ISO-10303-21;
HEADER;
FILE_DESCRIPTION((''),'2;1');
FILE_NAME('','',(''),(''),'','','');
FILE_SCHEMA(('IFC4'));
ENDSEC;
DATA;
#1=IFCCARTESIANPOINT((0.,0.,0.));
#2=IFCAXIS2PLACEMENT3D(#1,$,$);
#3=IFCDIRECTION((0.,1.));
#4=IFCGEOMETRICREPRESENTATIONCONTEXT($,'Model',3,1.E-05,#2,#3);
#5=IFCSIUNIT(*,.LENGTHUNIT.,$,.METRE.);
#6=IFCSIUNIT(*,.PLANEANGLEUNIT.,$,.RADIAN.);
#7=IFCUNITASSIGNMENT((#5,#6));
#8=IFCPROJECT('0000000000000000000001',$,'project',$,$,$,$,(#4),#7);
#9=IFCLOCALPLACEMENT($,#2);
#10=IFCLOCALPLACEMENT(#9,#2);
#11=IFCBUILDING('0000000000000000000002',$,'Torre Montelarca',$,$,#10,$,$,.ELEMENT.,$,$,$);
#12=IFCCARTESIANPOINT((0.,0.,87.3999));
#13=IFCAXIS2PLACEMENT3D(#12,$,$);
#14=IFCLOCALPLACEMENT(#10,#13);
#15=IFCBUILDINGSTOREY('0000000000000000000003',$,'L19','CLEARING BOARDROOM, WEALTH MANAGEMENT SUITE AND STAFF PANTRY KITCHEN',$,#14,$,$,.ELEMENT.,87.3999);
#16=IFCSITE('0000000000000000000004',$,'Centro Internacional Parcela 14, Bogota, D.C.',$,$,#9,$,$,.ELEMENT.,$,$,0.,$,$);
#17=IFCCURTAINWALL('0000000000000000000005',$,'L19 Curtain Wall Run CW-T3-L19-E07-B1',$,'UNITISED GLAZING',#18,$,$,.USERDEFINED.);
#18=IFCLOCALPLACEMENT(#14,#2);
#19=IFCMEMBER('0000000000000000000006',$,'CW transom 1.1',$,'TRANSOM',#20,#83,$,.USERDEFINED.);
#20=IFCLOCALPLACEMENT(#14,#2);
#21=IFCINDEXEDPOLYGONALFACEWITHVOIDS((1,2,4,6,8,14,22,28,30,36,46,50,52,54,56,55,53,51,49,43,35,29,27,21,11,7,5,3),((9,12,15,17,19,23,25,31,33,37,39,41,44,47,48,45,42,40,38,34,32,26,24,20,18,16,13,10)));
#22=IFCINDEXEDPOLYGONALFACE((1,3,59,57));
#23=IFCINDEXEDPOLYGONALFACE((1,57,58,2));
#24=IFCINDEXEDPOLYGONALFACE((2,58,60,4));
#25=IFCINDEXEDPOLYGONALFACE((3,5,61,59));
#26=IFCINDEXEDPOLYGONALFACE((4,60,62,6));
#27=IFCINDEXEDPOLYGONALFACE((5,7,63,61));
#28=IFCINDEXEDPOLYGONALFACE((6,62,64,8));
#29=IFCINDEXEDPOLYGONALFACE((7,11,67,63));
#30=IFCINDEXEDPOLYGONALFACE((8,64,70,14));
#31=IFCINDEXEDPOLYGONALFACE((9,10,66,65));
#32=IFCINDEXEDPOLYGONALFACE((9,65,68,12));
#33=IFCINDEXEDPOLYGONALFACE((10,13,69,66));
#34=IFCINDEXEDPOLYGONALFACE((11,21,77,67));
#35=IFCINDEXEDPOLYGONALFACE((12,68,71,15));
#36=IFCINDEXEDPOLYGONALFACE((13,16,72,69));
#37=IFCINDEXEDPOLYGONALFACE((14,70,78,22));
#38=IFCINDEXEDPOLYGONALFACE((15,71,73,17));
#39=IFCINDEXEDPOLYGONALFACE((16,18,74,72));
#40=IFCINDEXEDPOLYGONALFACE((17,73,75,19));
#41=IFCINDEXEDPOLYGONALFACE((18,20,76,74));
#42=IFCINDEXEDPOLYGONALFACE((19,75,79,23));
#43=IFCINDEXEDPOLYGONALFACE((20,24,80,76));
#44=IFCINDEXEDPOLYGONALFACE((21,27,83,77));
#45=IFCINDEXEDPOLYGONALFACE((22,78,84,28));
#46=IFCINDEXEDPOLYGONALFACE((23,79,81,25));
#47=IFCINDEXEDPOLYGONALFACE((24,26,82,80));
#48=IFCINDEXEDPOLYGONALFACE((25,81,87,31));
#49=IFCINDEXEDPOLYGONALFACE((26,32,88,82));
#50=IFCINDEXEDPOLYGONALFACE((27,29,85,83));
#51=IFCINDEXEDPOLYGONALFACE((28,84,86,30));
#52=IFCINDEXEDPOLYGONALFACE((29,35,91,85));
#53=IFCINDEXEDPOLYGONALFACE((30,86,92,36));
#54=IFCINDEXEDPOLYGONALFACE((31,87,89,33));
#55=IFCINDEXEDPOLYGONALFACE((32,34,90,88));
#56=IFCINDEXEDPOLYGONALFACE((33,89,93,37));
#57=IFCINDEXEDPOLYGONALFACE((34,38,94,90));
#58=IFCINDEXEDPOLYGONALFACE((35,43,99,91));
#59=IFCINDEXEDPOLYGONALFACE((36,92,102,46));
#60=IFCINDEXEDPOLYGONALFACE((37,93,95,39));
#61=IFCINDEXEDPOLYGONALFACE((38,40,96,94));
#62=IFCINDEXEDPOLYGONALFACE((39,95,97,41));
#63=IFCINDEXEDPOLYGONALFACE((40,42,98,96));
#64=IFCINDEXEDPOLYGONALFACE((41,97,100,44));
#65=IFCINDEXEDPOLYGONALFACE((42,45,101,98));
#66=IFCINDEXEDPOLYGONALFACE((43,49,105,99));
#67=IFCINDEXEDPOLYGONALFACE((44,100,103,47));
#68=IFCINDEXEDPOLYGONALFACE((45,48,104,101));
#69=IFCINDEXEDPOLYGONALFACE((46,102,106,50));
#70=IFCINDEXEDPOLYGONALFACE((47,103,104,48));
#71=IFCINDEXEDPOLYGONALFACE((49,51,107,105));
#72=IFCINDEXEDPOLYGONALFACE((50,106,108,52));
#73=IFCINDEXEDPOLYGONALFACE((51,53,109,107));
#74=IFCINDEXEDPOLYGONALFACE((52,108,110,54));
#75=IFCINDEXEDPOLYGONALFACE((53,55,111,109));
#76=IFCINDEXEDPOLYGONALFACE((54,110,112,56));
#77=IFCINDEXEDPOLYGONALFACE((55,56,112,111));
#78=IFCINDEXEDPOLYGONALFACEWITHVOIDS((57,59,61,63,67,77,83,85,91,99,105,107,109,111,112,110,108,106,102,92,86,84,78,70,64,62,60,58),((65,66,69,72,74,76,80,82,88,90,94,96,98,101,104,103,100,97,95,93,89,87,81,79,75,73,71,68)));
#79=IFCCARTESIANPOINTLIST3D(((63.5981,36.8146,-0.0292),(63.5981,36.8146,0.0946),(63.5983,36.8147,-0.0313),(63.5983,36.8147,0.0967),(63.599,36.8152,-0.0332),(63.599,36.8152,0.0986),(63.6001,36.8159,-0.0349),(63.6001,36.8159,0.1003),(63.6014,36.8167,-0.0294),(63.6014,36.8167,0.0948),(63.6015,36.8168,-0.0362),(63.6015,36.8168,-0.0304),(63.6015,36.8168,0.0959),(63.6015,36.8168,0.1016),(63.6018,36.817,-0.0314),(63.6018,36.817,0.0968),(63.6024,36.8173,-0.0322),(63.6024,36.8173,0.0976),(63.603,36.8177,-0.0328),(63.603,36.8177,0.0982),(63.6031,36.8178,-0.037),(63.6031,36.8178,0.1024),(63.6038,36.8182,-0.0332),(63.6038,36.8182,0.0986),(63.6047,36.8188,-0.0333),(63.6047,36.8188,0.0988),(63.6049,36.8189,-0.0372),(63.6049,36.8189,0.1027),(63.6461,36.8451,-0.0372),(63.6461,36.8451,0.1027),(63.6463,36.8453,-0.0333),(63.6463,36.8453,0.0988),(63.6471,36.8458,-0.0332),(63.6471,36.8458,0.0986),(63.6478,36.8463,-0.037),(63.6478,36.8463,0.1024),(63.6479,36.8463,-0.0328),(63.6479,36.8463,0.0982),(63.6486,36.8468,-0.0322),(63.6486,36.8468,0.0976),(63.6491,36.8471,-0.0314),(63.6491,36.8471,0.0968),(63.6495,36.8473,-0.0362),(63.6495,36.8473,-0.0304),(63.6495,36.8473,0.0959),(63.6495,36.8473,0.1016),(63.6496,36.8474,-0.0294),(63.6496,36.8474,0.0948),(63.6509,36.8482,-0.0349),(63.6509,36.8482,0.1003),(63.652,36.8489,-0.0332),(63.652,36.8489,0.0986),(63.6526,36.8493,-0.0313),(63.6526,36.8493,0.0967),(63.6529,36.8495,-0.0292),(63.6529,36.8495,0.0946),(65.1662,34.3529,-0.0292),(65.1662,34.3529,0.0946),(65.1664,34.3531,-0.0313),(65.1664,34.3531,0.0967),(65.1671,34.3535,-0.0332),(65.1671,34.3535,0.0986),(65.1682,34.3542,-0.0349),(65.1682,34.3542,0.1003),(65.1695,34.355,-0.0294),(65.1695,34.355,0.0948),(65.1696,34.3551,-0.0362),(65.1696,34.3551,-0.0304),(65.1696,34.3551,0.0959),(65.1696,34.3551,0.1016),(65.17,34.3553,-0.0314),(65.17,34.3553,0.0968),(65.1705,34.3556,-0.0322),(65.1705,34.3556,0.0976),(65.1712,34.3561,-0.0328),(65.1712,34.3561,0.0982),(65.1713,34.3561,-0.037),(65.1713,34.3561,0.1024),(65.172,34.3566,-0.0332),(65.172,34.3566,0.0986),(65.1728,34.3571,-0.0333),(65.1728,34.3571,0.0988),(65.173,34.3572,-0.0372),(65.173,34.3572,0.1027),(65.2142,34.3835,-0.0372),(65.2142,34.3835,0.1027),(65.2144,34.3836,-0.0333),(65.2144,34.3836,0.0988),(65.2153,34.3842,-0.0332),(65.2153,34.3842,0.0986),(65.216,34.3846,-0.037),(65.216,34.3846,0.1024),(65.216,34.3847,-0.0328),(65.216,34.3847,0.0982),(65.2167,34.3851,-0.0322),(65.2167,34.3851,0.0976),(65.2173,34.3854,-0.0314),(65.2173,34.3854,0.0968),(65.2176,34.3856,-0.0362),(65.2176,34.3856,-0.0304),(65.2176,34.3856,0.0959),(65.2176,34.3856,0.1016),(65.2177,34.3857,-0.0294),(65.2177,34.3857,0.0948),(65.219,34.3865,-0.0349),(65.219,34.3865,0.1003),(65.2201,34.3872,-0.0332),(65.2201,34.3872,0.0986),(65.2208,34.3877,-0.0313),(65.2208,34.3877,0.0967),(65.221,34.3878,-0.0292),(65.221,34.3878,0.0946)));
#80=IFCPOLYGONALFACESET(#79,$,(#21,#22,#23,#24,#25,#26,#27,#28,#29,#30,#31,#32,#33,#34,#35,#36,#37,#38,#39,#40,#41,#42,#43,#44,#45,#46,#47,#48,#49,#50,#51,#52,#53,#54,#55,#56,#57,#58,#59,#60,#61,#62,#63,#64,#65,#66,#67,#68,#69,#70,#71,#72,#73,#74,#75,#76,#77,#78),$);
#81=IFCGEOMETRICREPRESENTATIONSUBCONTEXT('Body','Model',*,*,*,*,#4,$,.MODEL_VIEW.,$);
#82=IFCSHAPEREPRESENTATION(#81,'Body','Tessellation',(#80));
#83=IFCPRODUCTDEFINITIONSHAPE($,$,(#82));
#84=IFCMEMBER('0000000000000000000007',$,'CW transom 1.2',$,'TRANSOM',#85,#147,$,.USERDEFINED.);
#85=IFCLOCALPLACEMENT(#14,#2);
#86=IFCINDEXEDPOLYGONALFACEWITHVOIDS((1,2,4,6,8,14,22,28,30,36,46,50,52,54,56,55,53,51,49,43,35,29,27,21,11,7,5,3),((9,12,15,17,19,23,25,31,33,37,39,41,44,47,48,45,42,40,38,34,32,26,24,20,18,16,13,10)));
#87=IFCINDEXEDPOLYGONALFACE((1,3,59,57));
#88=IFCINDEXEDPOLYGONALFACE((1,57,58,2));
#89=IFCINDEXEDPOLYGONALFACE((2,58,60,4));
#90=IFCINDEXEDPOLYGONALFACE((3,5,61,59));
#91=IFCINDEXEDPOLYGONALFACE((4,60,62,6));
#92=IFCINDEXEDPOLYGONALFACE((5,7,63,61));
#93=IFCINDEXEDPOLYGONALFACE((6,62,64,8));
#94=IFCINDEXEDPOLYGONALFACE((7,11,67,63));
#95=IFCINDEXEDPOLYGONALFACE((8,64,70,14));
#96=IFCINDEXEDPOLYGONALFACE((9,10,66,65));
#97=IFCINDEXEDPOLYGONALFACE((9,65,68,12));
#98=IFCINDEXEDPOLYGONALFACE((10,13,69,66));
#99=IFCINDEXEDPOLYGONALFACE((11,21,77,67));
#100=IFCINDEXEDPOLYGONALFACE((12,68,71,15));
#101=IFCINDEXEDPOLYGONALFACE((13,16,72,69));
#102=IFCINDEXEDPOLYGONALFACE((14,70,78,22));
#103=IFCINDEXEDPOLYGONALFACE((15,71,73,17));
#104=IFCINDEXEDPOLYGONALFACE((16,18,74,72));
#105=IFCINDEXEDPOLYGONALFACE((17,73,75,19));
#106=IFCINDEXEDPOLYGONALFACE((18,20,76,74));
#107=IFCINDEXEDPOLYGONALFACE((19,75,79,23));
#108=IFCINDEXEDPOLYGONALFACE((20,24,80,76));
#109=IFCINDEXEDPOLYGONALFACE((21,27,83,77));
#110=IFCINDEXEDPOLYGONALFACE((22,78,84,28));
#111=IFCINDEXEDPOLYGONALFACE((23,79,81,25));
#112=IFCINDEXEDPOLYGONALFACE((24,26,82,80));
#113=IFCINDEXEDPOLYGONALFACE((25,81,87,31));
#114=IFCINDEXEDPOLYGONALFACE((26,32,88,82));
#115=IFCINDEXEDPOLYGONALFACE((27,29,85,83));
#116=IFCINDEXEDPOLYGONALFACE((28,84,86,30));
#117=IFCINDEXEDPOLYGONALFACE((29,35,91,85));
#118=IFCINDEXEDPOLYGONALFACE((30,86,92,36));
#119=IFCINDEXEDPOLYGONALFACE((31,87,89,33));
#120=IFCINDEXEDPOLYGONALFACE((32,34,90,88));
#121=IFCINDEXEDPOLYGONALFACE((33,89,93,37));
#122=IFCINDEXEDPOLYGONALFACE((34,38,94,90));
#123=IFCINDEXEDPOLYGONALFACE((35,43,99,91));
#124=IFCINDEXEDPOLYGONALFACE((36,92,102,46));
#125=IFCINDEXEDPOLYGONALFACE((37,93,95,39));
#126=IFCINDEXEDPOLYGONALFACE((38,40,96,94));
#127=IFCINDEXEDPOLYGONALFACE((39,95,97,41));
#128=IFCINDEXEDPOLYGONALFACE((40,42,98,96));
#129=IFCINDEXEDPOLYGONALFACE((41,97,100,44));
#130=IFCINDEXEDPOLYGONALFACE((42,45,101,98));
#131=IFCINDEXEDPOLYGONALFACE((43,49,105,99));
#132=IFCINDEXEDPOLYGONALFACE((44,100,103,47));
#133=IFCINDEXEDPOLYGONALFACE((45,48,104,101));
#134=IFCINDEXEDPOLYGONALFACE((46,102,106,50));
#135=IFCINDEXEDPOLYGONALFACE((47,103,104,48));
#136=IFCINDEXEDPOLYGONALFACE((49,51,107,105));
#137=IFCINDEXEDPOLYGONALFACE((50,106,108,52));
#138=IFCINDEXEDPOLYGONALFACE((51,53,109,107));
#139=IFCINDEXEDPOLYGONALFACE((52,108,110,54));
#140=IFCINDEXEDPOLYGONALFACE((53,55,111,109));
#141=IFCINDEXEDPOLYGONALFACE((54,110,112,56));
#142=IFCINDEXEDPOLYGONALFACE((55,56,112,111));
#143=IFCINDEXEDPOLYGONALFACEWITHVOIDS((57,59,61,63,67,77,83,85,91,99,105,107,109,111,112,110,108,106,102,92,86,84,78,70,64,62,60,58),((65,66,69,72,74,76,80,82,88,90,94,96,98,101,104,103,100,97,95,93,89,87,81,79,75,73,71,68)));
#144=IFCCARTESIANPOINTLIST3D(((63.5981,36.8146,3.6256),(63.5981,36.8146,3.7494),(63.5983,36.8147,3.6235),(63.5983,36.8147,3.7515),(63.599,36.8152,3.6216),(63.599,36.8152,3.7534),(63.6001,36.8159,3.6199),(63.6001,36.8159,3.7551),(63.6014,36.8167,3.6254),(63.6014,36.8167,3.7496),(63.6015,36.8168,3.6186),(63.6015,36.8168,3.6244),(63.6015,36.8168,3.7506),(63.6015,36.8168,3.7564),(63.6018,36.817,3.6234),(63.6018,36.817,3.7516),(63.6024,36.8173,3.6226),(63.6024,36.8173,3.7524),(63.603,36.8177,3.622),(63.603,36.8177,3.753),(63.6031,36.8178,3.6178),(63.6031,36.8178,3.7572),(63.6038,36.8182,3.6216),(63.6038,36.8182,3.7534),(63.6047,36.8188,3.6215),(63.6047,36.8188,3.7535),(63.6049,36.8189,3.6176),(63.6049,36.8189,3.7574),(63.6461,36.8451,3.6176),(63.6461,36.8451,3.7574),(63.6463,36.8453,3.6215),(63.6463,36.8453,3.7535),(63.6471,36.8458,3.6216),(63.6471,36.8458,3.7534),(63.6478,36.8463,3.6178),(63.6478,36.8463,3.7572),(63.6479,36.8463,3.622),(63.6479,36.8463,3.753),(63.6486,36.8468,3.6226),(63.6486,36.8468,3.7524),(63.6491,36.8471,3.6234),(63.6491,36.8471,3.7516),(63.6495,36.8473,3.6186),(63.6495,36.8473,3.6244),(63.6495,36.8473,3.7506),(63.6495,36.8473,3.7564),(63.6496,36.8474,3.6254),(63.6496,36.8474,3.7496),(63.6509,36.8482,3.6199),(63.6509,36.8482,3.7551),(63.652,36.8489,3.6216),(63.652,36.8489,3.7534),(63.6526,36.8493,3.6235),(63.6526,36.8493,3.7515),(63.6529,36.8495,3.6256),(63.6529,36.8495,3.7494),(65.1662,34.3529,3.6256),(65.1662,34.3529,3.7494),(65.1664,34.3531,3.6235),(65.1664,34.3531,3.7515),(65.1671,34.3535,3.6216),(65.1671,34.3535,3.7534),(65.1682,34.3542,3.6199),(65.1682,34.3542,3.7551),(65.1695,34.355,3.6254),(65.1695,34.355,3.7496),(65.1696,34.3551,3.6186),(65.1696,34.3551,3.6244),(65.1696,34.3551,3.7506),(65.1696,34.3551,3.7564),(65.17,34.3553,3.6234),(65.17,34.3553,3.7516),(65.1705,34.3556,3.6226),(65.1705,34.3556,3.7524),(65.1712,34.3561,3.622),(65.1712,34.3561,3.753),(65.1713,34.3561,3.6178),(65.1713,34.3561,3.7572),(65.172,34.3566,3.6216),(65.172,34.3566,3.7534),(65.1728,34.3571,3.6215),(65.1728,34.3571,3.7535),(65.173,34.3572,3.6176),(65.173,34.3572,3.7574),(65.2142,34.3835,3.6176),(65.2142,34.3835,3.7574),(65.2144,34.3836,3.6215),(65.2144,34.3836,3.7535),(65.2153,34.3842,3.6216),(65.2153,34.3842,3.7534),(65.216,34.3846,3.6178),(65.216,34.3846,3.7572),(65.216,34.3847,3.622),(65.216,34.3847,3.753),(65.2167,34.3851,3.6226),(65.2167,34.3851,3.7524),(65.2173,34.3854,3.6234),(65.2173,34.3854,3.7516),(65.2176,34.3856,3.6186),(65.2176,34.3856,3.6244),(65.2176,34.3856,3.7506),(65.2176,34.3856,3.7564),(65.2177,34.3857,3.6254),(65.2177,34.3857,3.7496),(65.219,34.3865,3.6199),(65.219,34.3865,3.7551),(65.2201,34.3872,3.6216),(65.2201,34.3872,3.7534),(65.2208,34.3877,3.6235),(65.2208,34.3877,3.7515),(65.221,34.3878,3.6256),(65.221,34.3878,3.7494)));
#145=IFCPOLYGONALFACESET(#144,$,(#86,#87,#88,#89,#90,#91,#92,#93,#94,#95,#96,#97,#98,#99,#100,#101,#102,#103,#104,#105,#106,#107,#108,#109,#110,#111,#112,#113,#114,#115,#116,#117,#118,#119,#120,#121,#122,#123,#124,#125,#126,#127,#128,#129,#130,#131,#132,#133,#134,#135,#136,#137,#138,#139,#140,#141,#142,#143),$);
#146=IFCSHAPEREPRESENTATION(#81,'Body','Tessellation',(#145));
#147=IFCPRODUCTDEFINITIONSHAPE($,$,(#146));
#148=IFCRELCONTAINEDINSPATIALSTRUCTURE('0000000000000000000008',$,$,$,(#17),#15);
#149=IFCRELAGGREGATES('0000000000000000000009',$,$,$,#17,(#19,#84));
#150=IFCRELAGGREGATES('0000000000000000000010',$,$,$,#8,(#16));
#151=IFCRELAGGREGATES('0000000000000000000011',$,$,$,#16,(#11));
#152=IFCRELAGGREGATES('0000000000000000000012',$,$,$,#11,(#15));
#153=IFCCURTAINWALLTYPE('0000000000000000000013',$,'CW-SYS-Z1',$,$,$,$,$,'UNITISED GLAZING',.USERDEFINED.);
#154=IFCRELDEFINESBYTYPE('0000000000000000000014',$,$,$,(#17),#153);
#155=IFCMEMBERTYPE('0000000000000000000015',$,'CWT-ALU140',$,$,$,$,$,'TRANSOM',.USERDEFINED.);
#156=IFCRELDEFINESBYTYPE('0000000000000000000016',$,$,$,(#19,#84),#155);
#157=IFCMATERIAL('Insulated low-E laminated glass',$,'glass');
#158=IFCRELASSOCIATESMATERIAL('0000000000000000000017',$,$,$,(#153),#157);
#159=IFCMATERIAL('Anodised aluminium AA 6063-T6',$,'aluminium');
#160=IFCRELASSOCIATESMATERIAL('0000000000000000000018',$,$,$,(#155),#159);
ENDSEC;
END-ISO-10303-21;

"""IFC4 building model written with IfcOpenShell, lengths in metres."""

from ifc_helpers import new_model, si_unit, direction, frame, origin, origin_2d, place, context, subcontext, project, spatial, hollow_rectangle, extrude, source, transform, mapped, material, material_profile, profile_set, type_object, element, aggregate, save


model = new_model("IFC4")

# Units and contexts
model_context = context("Model", 3, precision=1e-05, world=origin(), true_north=direction((0.0, 1.0)))
body_context = subcontext(model_context, "Body", "Model", "MODEL_VIEW")
ifc_project = project(units=[si_unit("LENGTHUNIT", "METRE"), si_unit("PLANEANGLEUNIT", "RADIAN")], contexts=[model_context])

# Site, building, storey
site_placement = place(None, origin())
site = spatial("IfcSite", under=ifc_project, at=site_placement, Name="Centro Internacional Parcela 14, Bogota, D.C.", CompositionType="ELEMENT", RefElevation=0.0)
building_placement = place(site_placement, origin())
building = spatial("IfcBuilding", under=site, at=building_placement, Name="Torre Montelarca", CompositionType="ELEMENT")
storey_placement = place(building_placement, frame((0.0, 0.0, 87.3999)))
storey = spatial("IfcBuildingStorey", under=building, at=storey_placement, Name="L19", Description="CLEARING BOARDROOM, WEALTH MANAGEMENT SUITE AND STAFF PANTRY KITCHEN", CompositionType="ELEMENT", Elevation=87.3999)

# Curtain wall, members
ifc_material_1 = material(Name="Insulated low-E laminated glass", Category="glass")
curtain_wall_type = type_object("IfcCurtainWallType", Name="CW-SYS-Z1", ElementType="UNITISED GLAZING", PredefinedType="USERDEFINED", material=ifc_material_1)
curtain_wall_1_placement = place(storey_placement, origin())
curtain_wall_1 = element("IfcCurtainWall", 1, at=curtain_wall_1_placement, inside=storey, type_object=curtain_wall_type, Name="L19 Curtain Wall Run CW-T3-L19-E07-B1", ObjectType="UNITISED GLAZING", PredefinedType="USERDEFINED")
ifc_material_2 = material(Name="Anodised aluminium AA 6063-T6", Category="aluminium")
ifc_material_profile_1 = material_profile(ifc_material_2, hollow_rectangle(XDim=0.0649, YDim=0.1399, WallThickness=0.0039, InnerFilletRadius=0.0039, OuterFilletRadius=0.0081, at=origin_2d()), Name="ALU65X140X4", Category="aluminium")
ifc_profile_set_1 = profile_set([ifc_material_profile_1], Name="Anodised aluminium AA 6063-T6")
member_type_1 = type_object("IfcMemberType", Name="CWT-ALU140", ElementType="TRANSOM", PredefinedType="USERDEFINED", material=ifc_profile_set_1)
shared_shape_1 = source(origin(), body_context, "Body", "SweptSolid", [
    extrude(hollow_rectangle(XDim=0.0649, YDim=0.1399, WallThickness=0.0039, InnerFilletRadius=0.0039, OuterFilletRadius=0.0081, at=origin_2d()), origin(), (0.0, 0.0, 1.0), 2.9187),
])
member_1_placement = place(storey_placement, frame((65.1936, 34.3704, 0.0327), z_axis=(-0.537265, 0.843413, 0.0), x_axis=(-0.843413, -0.537265, 0.0)))
member_1 = element("IfcMember", 2, at=member_1_placement, type_object=member_type_1, Name="CW transom 1.1", ObjectType="TRANSOM", PredefinedType="USERDEFINED", context=body_context, shape_type="MappedRepresentation", body=[
    mapped(shared_shape_1, transform((0.0, 0.0, 0.0), scale=1.0)),
])
member_2_placement = place(storey_placement, frame((65.1936, 34.3704, 3.6875), z_axis=(-0.537265, 0.843413, 0.0), x_axis=(-0.843413, -0.537265, 0.0)))
member_2 = element("IfcMember", 3, at=member_2_placement, type_object=member_type_1, Name="CW transom 1.2", ObjectType="TRANSOM", PredefinedType="USERDEFINED", context=body_context, shape_type="MappedRepresentation", body=[
    mapped(shared_shape_1, transform((0.0, 0.0, 0.0), scale=1.0)),
])

aggregate(curtain_wall_1, [member_1, member_2])

save(model, "model.ifc")
